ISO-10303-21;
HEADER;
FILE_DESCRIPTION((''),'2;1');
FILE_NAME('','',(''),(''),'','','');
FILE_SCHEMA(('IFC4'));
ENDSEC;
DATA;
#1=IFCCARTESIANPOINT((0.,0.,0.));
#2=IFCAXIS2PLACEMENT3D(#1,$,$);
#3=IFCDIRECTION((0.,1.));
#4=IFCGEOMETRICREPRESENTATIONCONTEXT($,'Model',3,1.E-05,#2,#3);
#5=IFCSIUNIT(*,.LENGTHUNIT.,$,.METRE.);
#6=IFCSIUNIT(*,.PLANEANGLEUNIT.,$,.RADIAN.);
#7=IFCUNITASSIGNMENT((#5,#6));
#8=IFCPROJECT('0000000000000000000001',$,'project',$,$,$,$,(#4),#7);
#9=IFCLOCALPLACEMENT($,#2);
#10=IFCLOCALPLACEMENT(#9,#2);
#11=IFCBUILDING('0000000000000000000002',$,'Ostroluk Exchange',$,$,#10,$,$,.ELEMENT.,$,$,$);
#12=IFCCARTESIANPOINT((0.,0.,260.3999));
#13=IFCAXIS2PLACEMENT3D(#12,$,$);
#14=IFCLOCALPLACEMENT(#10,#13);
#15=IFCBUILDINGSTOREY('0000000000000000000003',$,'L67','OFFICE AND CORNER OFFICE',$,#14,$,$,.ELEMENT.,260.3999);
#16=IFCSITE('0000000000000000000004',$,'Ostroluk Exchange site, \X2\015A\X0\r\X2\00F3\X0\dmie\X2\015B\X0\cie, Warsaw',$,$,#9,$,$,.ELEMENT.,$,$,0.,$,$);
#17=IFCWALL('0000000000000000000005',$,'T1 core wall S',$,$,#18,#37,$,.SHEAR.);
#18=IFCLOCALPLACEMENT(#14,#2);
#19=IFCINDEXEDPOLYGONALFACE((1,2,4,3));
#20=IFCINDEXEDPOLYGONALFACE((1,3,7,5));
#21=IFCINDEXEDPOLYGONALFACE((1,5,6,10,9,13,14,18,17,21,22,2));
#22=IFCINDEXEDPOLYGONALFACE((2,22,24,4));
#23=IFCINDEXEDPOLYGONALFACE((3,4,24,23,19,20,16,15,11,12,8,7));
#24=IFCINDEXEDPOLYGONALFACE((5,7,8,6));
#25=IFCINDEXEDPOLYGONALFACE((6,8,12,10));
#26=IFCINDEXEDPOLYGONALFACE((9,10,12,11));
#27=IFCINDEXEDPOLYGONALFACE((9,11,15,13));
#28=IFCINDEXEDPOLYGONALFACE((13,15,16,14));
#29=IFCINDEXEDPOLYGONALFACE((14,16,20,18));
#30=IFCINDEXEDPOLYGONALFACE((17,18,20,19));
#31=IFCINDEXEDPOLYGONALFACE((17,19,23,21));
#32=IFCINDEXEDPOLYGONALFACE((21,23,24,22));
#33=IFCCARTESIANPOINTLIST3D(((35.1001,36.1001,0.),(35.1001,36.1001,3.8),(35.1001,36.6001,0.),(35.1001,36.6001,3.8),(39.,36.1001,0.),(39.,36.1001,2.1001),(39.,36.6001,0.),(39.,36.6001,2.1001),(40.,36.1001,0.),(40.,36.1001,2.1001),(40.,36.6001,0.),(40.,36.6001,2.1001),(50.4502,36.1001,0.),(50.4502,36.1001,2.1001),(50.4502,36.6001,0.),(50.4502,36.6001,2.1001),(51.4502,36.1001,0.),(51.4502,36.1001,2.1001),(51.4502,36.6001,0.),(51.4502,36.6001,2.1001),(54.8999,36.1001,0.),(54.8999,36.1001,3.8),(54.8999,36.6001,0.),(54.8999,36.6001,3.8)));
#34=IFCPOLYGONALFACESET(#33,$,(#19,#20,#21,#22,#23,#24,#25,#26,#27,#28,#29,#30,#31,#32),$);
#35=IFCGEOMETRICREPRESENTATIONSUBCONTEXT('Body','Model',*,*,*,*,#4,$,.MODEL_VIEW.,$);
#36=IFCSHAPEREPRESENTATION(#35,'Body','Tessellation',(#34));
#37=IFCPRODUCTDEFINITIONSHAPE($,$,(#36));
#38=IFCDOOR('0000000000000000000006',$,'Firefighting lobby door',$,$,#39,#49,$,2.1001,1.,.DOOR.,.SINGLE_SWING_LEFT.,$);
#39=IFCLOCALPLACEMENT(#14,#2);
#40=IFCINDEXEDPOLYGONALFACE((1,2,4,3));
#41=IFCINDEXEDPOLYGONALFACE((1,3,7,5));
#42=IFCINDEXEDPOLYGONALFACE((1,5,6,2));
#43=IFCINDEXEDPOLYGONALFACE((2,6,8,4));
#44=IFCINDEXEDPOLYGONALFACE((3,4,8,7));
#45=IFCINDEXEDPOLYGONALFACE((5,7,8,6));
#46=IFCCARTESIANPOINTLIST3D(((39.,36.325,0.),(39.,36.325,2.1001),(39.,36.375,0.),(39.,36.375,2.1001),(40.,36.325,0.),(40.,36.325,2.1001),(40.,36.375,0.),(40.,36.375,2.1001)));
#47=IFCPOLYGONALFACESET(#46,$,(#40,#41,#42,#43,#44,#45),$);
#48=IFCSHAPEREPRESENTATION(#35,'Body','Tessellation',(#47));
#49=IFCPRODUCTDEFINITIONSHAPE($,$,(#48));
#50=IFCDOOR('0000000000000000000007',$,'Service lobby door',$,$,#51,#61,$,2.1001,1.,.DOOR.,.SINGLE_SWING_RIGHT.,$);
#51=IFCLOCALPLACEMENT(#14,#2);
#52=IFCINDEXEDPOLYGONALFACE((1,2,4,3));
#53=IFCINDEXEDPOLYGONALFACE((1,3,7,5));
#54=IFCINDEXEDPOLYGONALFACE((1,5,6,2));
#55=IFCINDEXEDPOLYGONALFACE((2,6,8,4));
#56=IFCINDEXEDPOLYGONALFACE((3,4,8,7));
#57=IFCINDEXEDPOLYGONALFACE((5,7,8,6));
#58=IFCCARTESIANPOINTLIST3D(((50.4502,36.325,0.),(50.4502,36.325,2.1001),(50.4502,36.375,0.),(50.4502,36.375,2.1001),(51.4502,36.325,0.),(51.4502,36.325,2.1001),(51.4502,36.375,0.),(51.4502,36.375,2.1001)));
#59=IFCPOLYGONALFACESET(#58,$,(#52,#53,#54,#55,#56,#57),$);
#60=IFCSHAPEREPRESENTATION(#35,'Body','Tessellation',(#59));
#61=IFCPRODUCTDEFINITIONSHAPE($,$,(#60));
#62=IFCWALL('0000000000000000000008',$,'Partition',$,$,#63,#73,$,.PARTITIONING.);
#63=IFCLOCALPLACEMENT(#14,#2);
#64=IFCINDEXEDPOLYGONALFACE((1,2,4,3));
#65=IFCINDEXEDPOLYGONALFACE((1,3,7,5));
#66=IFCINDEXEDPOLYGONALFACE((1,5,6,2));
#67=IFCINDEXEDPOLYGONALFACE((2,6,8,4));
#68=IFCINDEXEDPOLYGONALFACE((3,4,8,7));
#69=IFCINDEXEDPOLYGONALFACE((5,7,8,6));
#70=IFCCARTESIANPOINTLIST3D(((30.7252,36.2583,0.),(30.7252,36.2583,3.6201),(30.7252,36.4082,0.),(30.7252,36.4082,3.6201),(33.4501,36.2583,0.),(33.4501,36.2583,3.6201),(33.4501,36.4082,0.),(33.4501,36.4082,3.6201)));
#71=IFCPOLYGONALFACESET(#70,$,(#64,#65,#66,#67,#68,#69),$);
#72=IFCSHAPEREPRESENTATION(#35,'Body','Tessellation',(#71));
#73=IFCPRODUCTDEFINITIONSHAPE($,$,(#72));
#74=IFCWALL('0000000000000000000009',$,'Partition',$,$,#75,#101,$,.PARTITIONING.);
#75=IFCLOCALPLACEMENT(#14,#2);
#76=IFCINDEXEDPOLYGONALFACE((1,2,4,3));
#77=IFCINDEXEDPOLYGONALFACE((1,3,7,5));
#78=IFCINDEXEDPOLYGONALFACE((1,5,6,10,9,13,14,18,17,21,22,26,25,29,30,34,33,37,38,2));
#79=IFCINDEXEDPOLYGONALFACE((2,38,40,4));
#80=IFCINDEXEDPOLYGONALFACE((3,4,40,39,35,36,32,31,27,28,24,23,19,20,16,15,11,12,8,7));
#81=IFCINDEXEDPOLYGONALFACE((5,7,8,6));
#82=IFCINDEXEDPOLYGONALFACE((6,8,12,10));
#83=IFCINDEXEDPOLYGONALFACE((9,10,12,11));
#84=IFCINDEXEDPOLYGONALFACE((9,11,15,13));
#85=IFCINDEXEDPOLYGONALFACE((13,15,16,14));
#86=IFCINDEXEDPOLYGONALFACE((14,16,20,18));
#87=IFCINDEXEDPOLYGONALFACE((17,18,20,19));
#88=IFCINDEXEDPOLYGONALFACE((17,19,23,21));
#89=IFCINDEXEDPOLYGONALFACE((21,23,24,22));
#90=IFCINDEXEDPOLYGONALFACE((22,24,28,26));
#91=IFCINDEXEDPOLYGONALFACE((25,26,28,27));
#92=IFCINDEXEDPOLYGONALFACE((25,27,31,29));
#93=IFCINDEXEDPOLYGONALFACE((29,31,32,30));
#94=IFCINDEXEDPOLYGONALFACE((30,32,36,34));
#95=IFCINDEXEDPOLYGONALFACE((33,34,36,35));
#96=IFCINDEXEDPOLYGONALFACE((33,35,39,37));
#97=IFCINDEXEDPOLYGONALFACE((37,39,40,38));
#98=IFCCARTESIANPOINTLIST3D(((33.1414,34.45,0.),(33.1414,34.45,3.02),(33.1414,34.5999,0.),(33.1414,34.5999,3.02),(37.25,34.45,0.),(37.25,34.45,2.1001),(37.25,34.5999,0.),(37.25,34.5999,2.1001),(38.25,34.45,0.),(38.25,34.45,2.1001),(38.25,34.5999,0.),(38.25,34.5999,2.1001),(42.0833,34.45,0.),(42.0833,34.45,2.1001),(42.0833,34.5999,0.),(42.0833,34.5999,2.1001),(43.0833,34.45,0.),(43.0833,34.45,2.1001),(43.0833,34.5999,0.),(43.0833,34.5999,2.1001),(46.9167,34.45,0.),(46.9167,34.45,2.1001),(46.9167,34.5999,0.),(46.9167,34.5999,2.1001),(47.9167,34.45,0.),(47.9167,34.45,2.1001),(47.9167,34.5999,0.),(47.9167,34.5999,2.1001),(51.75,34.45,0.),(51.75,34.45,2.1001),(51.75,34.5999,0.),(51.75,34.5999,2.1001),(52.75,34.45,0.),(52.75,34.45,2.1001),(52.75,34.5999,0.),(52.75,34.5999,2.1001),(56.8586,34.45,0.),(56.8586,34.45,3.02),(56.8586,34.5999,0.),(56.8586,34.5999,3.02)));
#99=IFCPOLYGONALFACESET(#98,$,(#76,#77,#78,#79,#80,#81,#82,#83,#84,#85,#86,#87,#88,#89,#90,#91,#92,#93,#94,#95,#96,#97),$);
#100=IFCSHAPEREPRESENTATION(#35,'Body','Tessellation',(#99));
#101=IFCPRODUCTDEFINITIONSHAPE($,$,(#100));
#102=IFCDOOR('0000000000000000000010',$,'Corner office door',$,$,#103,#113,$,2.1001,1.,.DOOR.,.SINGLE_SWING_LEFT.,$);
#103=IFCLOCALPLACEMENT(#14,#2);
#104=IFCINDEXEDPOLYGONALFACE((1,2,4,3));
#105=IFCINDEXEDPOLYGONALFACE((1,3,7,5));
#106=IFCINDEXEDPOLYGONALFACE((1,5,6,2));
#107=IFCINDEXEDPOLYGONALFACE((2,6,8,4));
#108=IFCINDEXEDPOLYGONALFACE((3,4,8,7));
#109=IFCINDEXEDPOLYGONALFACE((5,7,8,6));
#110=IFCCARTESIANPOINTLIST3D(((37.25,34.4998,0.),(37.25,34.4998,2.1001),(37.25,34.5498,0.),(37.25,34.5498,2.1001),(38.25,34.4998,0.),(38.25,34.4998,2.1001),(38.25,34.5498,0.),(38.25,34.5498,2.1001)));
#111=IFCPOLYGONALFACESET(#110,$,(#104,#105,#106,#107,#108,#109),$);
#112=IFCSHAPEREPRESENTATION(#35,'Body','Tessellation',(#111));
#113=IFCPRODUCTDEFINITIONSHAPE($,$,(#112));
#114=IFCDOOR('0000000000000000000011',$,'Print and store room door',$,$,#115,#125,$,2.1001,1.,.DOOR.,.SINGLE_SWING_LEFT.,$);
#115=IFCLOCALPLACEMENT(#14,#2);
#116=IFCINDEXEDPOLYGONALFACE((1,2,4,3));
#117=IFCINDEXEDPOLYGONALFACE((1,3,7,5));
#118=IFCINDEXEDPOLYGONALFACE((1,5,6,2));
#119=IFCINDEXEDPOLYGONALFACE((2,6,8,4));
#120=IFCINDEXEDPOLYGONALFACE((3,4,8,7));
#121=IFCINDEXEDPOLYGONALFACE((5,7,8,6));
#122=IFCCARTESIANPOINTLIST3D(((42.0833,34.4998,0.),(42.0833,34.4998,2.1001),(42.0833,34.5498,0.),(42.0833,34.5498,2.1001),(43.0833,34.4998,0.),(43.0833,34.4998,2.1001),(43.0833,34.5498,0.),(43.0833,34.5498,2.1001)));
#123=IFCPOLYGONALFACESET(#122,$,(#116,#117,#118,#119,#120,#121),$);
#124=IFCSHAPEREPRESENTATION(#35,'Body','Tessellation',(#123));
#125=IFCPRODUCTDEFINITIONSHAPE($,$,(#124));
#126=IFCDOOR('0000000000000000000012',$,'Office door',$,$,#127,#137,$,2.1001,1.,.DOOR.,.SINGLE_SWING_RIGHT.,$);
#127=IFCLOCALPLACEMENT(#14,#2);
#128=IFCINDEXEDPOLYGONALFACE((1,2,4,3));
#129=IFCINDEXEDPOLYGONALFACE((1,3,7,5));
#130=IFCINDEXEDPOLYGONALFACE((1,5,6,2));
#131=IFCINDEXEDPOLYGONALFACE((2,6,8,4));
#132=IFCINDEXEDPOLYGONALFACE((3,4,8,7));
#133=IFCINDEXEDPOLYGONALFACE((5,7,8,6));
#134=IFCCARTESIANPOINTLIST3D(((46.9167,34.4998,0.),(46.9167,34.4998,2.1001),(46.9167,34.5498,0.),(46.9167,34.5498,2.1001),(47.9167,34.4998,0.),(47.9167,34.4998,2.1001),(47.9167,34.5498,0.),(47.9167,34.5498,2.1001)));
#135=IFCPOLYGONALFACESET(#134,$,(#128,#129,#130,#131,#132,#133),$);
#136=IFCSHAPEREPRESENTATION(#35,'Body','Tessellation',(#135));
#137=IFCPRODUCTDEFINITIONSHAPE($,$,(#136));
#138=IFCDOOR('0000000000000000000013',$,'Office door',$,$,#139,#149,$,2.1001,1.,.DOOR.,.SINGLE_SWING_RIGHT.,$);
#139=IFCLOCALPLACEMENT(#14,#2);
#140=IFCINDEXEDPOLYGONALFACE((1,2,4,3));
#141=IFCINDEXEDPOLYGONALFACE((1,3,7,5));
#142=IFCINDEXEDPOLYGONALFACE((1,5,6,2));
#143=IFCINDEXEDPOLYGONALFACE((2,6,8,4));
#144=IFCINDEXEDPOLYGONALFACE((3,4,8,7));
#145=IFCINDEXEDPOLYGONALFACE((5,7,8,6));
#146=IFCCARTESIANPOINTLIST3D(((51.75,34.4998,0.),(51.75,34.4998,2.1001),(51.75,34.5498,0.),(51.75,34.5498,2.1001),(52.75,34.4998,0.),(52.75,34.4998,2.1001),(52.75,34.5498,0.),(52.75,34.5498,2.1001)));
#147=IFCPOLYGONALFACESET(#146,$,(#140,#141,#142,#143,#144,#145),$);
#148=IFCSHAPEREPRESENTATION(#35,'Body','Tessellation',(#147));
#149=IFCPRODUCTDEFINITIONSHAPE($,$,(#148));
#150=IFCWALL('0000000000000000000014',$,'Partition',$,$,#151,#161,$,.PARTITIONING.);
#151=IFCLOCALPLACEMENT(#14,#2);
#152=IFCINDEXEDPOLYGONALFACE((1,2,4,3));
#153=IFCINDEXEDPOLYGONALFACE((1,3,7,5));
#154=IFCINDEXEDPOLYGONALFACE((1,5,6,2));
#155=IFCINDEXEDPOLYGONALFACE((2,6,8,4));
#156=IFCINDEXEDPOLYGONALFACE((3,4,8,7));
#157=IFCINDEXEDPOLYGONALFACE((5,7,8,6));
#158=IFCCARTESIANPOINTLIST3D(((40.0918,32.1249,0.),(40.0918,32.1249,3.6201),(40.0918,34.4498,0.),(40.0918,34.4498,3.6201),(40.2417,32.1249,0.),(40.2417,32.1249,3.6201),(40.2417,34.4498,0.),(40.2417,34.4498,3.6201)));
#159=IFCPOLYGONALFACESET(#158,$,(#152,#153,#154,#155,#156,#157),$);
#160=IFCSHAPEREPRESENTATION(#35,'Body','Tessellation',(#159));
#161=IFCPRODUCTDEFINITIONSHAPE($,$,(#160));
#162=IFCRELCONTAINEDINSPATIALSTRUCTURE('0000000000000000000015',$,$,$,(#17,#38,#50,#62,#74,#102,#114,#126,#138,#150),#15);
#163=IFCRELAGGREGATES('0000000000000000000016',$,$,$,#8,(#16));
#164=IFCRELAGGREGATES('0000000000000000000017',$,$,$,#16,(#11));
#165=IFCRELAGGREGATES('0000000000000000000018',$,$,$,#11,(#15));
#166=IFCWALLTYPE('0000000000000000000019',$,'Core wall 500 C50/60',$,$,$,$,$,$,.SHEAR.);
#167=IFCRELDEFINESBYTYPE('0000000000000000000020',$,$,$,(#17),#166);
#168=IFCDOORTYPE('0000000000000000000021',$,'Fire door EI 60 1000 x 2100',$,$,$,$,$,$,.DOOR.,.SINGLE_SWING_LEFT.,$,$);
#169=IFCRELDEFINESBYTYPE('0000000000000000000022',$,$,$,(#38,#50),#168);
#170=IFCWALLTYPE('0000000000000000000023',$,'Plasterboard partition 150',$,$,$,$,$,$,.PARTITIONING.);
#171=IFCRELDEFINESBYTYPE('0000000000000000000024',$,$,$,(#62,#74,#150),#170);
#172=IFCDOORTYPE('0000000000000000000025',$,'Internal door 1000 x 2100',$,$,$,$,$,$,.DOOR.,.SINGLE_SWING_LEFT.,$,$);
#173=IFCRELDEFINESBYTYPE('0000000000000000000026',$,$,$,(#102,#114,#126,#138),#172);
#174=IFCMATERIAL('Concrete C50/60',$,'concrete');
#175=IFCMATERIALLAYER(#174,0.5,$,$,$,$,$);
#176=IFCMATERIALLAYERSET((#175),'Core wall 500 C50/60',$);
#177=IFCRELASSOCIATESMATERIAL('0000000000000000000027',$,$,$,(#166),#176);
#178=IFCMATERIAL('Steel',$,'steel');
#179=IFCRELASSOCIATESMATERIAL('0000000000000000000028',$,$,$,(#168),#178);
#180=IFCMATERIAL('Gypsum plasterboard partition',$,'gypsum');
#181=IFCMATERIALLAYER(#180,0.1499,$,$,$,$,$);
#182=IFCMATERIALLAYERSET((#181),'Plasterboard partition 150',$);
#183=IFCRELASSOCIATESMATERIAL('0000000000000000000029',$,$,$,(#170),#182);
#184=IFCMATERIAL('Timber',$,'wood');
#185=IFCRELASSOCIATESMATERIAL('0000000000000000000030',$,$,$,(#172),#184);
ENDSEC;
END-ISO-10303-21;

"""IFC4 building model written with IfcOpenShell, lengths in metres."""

from ifc_helpers import new_model, si_unit, direction, frame, frame_2d, origin, place, context, subcontext, project, spatial, rectangle, extrude, material, layer, layer_set, type_object, element, fill, save


model = new_model("IFC4")

# Units and contexts
model_context = context("Model", 3, precision=1e-05, world=origin(), true_north=direction((0.0, 1.0)))
body_context = subcontext(model_context, "Body", "Model", "MODEL_VIEW")
ifc_project = project(units=[si_unit("LENGTHUNIT", "METRE"), si_unit("PLANEANGLEUNIT", "RADIAN")], contexts=[model_context])

# Site, building, storey
site_placement = place(None, origin())
site = spatial("IfcSite", under=ifc_project, at=site_placement, Name="Ostroluk Exchange site, Śródmieście, Warsaw", CompositionType="ELEMENT", RefElevation=0.0)
building_placement = place(site_placement, origin())
building = spatial("IfcBuilding", under=site, at=building_placement, Name="Ostroluk Exchange", CompositionType="ELEMENT")
storey_placement = place(building_placement, frame((0.0, 0.0, 260.3999)))
storey = spatial("IfcBuildingStorey", under=building, at=storey_placement, Name="L67", Description="OFFICE AND CORNER OFFICE", CompositionType="ELEMENT", Elevation=260.3999)

# Wall, openings, doors
ifc_material_1 = material(Name="Concrete C50/60", Category="concrete")
ifc_layer_1 = layer(ifc_material_1, 0.5)
ifc_layer_set_1 = layer_set([ifc_layer_1], Name="Core wall 500 C50/60")
wall_type_1 = type_object("IfcWallType", Name="Core wall 500 C50/60", PredefinedType="SHEAR", material=ifc_layer_set_1)
wall_1_placement = place(storey_placement, frame((35.1001, 36.3501, 0.0), z_axis=(0.0, 0.0, 1.0), x_axis=(1.0, 0.0, 0.0)))
wall_1 = element("IfcWall", 1, at=wall_1_placement, inside=storey, type_object=wall_type_1, Name="T1 core wall S", PredefinedType="SHEAR", context=body_context, shape_type="SweptSolid", body=[
    extrude(rectangle(XDim=19.7998, YDim=0.5, at=frame_2d((9.8999, 0.0))), origin(), (0.0, 0.0, 1.0), 3.8),
])
opening_1_placement = place(wall_1_placement, frame((3.8999, 0.0, 0.0)))
opening_1 = element("IfcOpeningElement", 2, at=opening_1_placement, cuts=wall_1, PredefinedType="OPENING", context=body_context, shape_type="SweptSolid", body=[
    extrude(rectangle(XDim=1.0, YDim=2.1001, at=frame_2d((0.5, 1.05))), frame((0.0, 0.26, 0.0), z_axis=(0.0, -1.0, 0.0), x_axis=(1.0, 0.0, 0.0)), (0.0, 0.0, 1.0), 0.52),
])
opening_2_placement = place(wall_1_placement, frame((15.3501, 0.0, 0.0)))
opening_2 = element("IfcOpeningElement", 3, at=opening_2_placement, cuts=wall_1, PredefinedType="OPENING", context=body_context, shape_type="SweptSolid", body=[
    extrude(rectangle(XDim=1.0, YDim=2.1001, at=frame_2d((0.5, 1.05))), frame((0.0, 0.26, 0.0), z_axis=(0.0, -1.0, 0.0), x_axis=(1.0, 0.0, 0.0)), (0.0, 0.0, 1.0), 0.52),
])
ifc_material_2 = material(Name="Steel", Category="steel")
door_type_1 = type_object("IfcDoorType", Name="Fire door EI 60 1000 x 2100", OperationType="SINGLE_SWING_LEFT", PredefinedType="DOOR", material=ifc_material_2)
door_1_placement = place(opening_1_placement, origin())
door_1 = element("IfcDoor", 4, at=door_1_placement, inside=storey, type_object=door_type_1, Name="Firefighting lobby door", OperationType="SINGLE_SWING_LEFT", OverallHeight=2.1001, OverallWidth=1.0, PredefinedType="DOOR", context=body_context, shape_type="SweptSolid", body=[
    extrude(rectangle(XDim=1.0, YDim=2.1001, at=frame_2d((0.5, 1.05))), frame((0.0, 0.0249, 0.0), z_axis=(0.0, -1.0, 0.0), x_axis=(1.0, 0.0, 0.0)), (0.0, 0.0, 1.0), 0.05),
])
fill(opening_1, door_1)
door_2_placement = place(opening_2_placement, origin())
door_2 = element("IfcDoor", 5, at=door_2_placement, inside=storey, type_object=door_type_1, Name="Service lobby door", OperationType="SINGLE_SWING_RIGHT", OverallHeight=2.1001, OverallWidth=1.0, PredefinedType="DOOR", context=body_context, shape_type="SweptSolid", body=[
    extrude(rectangle(XDim=1.0, YDim=2.1001, at=frame_2d((0.5, 1.05))), frame((0.0, 0.0249, 0.0), z_axis=(0.0, -1.0, 0.0), x_axis=(1.0, 0.0, 0.0)), (0.0, 0.0, 1.0), 0.05),
])
fill(opening_2, door_2)

# Wall
ifc_material_3 = material(Name="Gypsum plasterboard partition", Category="gypsum")
ifc_layer_2 = layer(ifc_material_3, 0.1499)
ifc_layer_set_2 = layer_set([ifc_layer_2], Name="Plasterboard partition 150")
wall_type_2 = type_object("IfcWallType", Name="Plasterboard partition 150", PredefinedType="PARTITIONING", material=ifc_layer_set_2)
wall_2_placement = place(storey_placement, frame((33.45, 36.3333, 0.0), z_axis=(0.0, 0.0, 1.0), x_axis=(-1.0, 0.0, 0.0)))
element("IfcWall", 6, at=wall_2_placement, inside=storey, type_object=wall_type_2, Name="Partition", PredefinedType="PARTITIONING", context=body_context, shape_type="SweptSolid", body=[
    extrude(rectangle(XDim=2.7249, YDim=0.1499, at=frame_2d((1.3623, 0.0))), origin(), (0.0, 0.0, 1.0), 3.6201),
])

# Wall, openings, doors
wall_3_placement = place(storey_placement, frame((33.1414, 34.5249, 0.0), z_axis=(0.0, 0.0, 1.0), x_axis=(1.0, 0.0, 0.0)))
wall_3 = element("IfcWall", 7, at=wall_3_placement, inside=storey, type_object=wall_type_2, Name="Partition", PredefinedType="PARTITIONING", context=body_context, shape_type="SweptSolid", body=[
    extrude(rectangle(XDim=23.7173, YDim=0.1499, at=frame_2d((11.8586, 0.0))), origin(), (0.0, 0.0, 1.0), 3.02),
])
opening_3_placement = place(wall_3_placement, frame((4.1086, 0.0, 0.0)))
opening_3 = element("IfcOpeningElement", 8, at=opening_3_placement, cuts=wall_3, PredefinedType="OPENING", context=body_context, shape_type="SweptSolid", body=[
    extrude(rectangle(XDim=1.0, YDim=2.1001, at=frame_2d((0.5, 1.05))), frame((0.0, 0.085, 0.0), z_axis=(0.0, -1.0, 0.0), x_axis=(1.0, 0.0, 0.0)), (0.0, 0.0, 1.0), 0.1699),
])
opening_4_placement = place(wall_3_placement, frame((8.9419, 0.0, 0.0)))
opening_4 = element("IfcOpeningElement", 9, at=opening_4_placement, cuts=wall_3, PredefinedType="OPENING", context=body_context, shape_type="SweptSolid", body=[
    extrude(rectangle(XDim=1.0, YDim=2.1001, at=frame_2d((0.5, 1.05))), frame((0.0, 0.085, 0.0), z_axis=(0.0, -1.0, 0.0), x_axis=(1.0, 0.0, 0.0)), (0.0, 0.0, 1.0), 0.1699),
])
opening_5_placement = place(wall_3_placement, frame((13.7754, 0.0, 0.0)))
opening_5 = element("IfcOpeningElement", 10, at=opening_5_placement, cuts=wall_3, PredefinedType="OPENING", context=body_context, shape_type="SweptSolid", body=[
    extrude(rectangle(XDim=1.0, YDim=2.1001, at=frame_2d((0.5, 1.05))), frame((0.0, 0.085, 0.0), z_axis=(0.0, -1.0, 0.0), x_axis=(1.0, 0.0, 0.0)), (0.0, 0.0, 1.0), 0.1699),
])
opening_6_placement = place(wall_3_placement, frame((18.6086, 0.0, 0.0)))
opening_6 = element("IfcOpeningElement", 11, at=opening_6_placement, cuts=wall_3, PredefinedType="OPENING", context=body_context, shape_type="SweptSolid", body=[
    extrude(rectangle(XDim=1.0, YDim=2.1001, at=frame_2d((0.5, 1.05))), frame((0.0, 0.085, 0.0), z_axis=(0.0, -1.0, 0.0), x_axis=(1.0, 0.0, 0.0)), (0.0, 0.0, 1.0), 0.1699),
])
ifc_material_4 = material(Name="Timber", Category="wood")
door_type_2 = type_object("IfcDoorType", Name="Internal door 1000 x 2100", OperationType="SINGLE_SWING_LEFT", PredefinedType="DOOR", material=ifc_material_4)
door_3_placement = place(opening_3_placement, origin())
door_3 = element("IfcDoor", 12, at=door_3_placement, inside=storey, type_object=door_type_2, Name="Corner office door", OperationType="SINGLE_SWING_LEFT", OverallHeight=2.1001, OverallWidth=1.0, PredefinedType="DOOR", context=body_context, shape_type="SweptSolid", body=[
    extrude(rectangle(XDim=1.0, YDim=2.1001, at=frame_2d((0.5, 1.05))), frame((0.0, 0.0249, 0.0), z_axis=(0.0, -1.0, 0.0), x_axis=(1.0, 0.0, 0.0)), (0.0, 0.0, 1.0), 0.05),
])
fill(opening_3, door_3)
door_4_placement = place(opening_4_placement, origin())
door_4 = element("IfcDoor", 13, at=door_4_placement, inside=storey, type_object=door_type_2, Name="Print and store room door", OperationType="SINGLE_SWING_LEFT", OverallHeight=2.1001, OverallWidth=1.0, PredefinedType="DOOR", context=body_context, shape_type="SweptSolid", body=[
    extrude(rectangle(XDim=1.0, YDim=2.1001, at=frame_2d((0.5, 1.05))), frame((0.0, 0.0249, 0.0), z_axis=(0.0, -1.0, 0.0), x_axis=(1.0, 0.0, 0.0)), (0.0, 0.0, 1.0), 0.05),
])
fill(opening_4, door_4)
door_5_placement = place(opening_5_placement, origin())
door_5 = element("IfcDoor", 14, at=door_5_placement, inside=storey, type_object=door_type_2, Name="Office door", OperationType="SINGLE_SWING_RIGHT", OverallHeight=2.1001, OverallWidth=1.0, PredefinedType="DOOR", context=body_context, shape_type="SweptSolid", body=[
    extrude(rectangle(XDim=1.0, YDim=2.1001, at=frame_2d((0.5, 1.05))), frame((0.0, 0.0249, 0.0), z_axis=(0.0, -1.0, 0.0), x_axis=(1.0, 0.0, 0.0)), (0.0, 0.0, 1.0), 0.05),
])
fill(opening_5, door_5)
door_6_placement = place(opening_6_placement, origin())
door_6 = element("IfcDoor", 15, at=door_6_placement, inside=storey, type_object=door_type_2, Name="Office door", OperationType="SINGLE_SWING_RIGHT", OverallHeight=2.1001, OverallWidth=1.0, PredefinedType="DOOR", context=body_context, shape_type="SweptSolid", body=[
    extrude(rectangle(XDim=1.0, YDim=2.1001, at=frame_2d((0.5, 1.05))), frame((0.0, 0.0249, 0.0), z_axis=(0.0, -1.0, 0.0), x_axis=(1.0, 0.0, 0.0)), (0.0, 0.0, 1.0), 0.05),
])
fill(opening_6, door_6)

# Wall
wall_4_placement = place(storey_placement, frame((40.1667, 34.45, 0.0), z_axis=(0.0, 0.0, 1.0), x_axis=(0.0, -1.0, 0.0)))
element("IfcWall", 16, at=wall_4_placement, inside=storey, type_object=wall_type_2, Name="Partition", PredefinedType="PARTITIONING", context=body_context, shape_type="SweptSolid", body=[
    extrude(rectangle(XDim=2.325, YDim=0.1499, at=frame_2d((1.1626, 0.0))), origin(), (0.0, 0.0, 1.0), 3.6201),
])

save(model, "model.ifc")
